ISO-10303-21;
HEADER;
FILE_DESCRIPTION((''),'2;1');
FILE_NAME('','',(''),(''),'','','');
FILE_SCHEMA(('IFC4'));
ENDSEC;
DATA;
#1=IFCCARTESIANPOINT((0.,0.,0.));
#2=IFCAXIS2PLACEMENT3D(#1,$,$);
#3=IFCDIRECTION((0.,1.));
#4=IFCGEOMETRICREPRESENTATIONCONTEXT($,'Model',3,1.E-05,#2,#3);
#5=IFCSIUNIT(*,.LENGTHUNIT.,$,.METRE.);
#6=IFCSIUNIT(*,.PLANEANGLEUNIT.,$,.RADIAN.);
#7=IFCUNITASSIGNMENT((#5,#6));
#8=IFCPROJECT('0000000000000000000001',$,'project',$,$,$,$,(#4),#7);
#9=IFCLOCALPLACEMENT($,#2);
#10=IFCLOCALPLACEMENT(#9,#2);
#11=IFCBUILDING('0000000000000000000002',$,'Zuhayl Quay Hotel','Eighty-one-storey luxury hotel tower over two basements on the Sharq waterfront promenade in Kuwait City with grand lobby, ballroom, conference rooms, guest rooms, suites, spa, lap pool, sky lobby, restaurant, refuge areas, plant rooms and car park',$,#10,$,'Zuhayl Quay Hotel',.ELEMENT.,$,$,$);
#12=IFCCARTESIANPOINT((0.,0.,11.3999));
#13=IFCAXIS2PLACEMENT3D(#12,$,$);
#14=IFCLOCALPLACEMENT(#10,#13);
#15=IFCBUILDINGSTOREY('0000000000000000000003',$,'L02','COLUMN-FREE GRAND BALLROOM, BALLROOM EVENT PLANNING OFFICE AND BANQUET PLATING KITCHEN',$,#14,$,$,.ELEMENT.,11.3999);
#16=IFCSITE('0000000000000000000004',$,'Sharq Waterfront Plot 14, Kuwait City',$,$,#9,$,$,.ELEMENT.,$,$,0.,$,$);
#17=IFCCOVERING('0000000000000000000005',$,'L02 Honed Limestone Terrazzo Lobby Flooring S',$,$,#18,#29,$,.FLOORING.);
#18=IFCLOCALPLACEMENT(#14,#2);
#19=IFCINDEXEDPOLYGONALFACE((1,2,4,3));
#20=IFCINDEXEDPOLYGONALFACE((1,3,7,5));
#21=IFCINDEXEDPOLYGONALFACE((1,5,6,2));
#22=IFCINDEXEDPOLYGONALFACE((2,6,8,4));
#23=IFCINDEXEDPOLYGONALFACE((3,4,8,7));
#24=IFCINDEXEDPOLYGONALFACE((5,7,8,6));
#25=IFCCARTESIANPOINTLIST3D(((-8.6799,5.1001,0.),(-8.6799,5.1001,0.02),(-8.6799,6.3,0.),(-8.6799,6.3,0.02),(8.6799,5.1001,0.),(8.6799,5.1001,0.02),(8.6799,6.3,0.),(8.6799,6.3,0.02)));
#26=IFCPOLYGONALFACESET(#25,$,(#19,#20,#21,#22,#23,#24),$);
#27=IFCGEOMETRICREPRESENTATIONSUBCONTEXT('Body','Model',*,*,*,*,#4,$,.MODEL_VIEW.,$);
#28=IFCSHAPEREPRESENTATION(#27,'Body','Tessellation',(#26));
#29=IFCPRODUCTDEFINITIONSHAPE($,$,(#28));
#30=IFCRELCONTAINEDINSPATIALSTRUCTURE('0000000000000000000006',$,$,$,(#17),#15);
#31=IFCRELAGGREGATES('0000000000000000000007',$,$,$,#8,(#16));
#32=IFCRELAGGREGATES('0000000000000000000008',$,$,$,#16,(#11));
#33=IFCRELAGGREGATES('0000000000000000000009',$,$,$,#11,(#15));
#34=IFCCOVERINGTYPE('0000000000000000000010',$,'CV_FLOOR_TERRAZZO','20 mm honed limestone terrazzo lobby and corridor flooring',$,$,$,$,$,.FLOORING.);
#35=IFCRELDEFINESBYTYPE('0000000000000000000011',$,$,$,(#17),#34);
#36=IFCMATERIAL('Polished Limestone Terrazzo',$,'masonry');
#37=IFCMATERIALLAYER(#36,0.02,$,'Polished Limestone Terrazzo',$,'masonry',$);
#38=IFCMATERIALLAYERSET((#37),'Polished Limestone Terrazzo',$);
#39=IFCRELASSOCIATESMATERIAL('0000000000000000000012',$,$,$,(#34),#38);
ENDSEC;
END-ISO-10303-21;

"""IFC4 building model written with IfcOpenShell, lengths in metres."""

from ifc_helpers import new_model, si_unit, direction, frame, origin, place, context, subcontext, project, spatial, polyline, outline, extrude, material, layer, layer_set, type_object, element, save


model = new_model("IFC4")

# Units and contexts
model_context = context("Model", 3, precision=1e-05, world=origin(), true_north=direction((0.0, 1.0)))
body_context = subcontext(model_context, "Body", "Model", "MODEL_VIEW")
ifc_project = project(units=[si_unit("LENGTHUNIT", "METRE"), si_unit("PLANEANGLEUNIT", "RADIAN")], contexts=[model_context])

# Site, building, storey
site_placement = place(None, origin())
site = spatial("IfcSite", under=ifc_project, at=site_placement, Name="Sharq Waterfront Plot 14, Kuwait City", CompositionType="ELEMENT", RefElevation=0.0)
building_placement = place(site_placement, origin())
building = spatial("IfcBuilding", under=site, at=building_placement, Name="Zuhayl Quay Hotel", Description="Eighty-one-storey luxury hotel tower over two basements on the Sharq waterfront promenade in Kuwait City with grand lobby, ballroom, conference rooms, guest rooms, suites, spa, lap pool, sky lobby, restaurant, refuge areas, plant rooms and car park", LongName="Zuhayl Quay Hotel", CompositionType="ELEMENT")
storey_placement = place(building_placement, frame((0.0, 0.0, 11.3999)))
storey = spatial("IfcBuildingStorey", under=building, at=storey_placement, Name="L02", Description="COLUMN-FREE GRAND BALLROOM, BALLROOM EVENT PLANNING OFFICE AND BANQUET PLATING KITCHEN", CompositionType="ELEMENT", Elevation=11.3999)

# Covering
ifc_material_1 = material(Name="Polished Limestone Terrazzo", Category="masonry")
ifc_layer_1 = layer(ifc_material_1, 0.02, Name="Polished Limestone Terrazzo", Category="masonry")
ifc_layer_set_1 = layer_set([ifc_layer_1], Name="Polished Limestone Terrazzo")
covering_type_1 = type_object("IfcCoveringType", Name="CV_FLOOR_TERRAZZO", Description="20 mm honed limestone terrazzo lobby and corridor flooring", PredefinedType="FLOORING", material=ifc_layer_set_1)
covering_1_placement = place(storey_placement, origin())
element("IfcCovering", 1, at=covering_1_placement, inside=storey, type_object=covering_type_1, Name="L02 Honed Limestone Terrazzo Lobby Flooring S", PredefinedType="FLOORING", context=body_context, shape_type="SweptSolid", body=[
    extrude(outline(polyline([(-8.6799, 5.1001), (8.6799, 5.1001), (8.6799, 6.3), (-8.6799, 6.3), (-8.6799, 5.1001)])), origin(), (0.0, 0.0, 1.0), 0.02),
])

save(model, "model.ifc")
